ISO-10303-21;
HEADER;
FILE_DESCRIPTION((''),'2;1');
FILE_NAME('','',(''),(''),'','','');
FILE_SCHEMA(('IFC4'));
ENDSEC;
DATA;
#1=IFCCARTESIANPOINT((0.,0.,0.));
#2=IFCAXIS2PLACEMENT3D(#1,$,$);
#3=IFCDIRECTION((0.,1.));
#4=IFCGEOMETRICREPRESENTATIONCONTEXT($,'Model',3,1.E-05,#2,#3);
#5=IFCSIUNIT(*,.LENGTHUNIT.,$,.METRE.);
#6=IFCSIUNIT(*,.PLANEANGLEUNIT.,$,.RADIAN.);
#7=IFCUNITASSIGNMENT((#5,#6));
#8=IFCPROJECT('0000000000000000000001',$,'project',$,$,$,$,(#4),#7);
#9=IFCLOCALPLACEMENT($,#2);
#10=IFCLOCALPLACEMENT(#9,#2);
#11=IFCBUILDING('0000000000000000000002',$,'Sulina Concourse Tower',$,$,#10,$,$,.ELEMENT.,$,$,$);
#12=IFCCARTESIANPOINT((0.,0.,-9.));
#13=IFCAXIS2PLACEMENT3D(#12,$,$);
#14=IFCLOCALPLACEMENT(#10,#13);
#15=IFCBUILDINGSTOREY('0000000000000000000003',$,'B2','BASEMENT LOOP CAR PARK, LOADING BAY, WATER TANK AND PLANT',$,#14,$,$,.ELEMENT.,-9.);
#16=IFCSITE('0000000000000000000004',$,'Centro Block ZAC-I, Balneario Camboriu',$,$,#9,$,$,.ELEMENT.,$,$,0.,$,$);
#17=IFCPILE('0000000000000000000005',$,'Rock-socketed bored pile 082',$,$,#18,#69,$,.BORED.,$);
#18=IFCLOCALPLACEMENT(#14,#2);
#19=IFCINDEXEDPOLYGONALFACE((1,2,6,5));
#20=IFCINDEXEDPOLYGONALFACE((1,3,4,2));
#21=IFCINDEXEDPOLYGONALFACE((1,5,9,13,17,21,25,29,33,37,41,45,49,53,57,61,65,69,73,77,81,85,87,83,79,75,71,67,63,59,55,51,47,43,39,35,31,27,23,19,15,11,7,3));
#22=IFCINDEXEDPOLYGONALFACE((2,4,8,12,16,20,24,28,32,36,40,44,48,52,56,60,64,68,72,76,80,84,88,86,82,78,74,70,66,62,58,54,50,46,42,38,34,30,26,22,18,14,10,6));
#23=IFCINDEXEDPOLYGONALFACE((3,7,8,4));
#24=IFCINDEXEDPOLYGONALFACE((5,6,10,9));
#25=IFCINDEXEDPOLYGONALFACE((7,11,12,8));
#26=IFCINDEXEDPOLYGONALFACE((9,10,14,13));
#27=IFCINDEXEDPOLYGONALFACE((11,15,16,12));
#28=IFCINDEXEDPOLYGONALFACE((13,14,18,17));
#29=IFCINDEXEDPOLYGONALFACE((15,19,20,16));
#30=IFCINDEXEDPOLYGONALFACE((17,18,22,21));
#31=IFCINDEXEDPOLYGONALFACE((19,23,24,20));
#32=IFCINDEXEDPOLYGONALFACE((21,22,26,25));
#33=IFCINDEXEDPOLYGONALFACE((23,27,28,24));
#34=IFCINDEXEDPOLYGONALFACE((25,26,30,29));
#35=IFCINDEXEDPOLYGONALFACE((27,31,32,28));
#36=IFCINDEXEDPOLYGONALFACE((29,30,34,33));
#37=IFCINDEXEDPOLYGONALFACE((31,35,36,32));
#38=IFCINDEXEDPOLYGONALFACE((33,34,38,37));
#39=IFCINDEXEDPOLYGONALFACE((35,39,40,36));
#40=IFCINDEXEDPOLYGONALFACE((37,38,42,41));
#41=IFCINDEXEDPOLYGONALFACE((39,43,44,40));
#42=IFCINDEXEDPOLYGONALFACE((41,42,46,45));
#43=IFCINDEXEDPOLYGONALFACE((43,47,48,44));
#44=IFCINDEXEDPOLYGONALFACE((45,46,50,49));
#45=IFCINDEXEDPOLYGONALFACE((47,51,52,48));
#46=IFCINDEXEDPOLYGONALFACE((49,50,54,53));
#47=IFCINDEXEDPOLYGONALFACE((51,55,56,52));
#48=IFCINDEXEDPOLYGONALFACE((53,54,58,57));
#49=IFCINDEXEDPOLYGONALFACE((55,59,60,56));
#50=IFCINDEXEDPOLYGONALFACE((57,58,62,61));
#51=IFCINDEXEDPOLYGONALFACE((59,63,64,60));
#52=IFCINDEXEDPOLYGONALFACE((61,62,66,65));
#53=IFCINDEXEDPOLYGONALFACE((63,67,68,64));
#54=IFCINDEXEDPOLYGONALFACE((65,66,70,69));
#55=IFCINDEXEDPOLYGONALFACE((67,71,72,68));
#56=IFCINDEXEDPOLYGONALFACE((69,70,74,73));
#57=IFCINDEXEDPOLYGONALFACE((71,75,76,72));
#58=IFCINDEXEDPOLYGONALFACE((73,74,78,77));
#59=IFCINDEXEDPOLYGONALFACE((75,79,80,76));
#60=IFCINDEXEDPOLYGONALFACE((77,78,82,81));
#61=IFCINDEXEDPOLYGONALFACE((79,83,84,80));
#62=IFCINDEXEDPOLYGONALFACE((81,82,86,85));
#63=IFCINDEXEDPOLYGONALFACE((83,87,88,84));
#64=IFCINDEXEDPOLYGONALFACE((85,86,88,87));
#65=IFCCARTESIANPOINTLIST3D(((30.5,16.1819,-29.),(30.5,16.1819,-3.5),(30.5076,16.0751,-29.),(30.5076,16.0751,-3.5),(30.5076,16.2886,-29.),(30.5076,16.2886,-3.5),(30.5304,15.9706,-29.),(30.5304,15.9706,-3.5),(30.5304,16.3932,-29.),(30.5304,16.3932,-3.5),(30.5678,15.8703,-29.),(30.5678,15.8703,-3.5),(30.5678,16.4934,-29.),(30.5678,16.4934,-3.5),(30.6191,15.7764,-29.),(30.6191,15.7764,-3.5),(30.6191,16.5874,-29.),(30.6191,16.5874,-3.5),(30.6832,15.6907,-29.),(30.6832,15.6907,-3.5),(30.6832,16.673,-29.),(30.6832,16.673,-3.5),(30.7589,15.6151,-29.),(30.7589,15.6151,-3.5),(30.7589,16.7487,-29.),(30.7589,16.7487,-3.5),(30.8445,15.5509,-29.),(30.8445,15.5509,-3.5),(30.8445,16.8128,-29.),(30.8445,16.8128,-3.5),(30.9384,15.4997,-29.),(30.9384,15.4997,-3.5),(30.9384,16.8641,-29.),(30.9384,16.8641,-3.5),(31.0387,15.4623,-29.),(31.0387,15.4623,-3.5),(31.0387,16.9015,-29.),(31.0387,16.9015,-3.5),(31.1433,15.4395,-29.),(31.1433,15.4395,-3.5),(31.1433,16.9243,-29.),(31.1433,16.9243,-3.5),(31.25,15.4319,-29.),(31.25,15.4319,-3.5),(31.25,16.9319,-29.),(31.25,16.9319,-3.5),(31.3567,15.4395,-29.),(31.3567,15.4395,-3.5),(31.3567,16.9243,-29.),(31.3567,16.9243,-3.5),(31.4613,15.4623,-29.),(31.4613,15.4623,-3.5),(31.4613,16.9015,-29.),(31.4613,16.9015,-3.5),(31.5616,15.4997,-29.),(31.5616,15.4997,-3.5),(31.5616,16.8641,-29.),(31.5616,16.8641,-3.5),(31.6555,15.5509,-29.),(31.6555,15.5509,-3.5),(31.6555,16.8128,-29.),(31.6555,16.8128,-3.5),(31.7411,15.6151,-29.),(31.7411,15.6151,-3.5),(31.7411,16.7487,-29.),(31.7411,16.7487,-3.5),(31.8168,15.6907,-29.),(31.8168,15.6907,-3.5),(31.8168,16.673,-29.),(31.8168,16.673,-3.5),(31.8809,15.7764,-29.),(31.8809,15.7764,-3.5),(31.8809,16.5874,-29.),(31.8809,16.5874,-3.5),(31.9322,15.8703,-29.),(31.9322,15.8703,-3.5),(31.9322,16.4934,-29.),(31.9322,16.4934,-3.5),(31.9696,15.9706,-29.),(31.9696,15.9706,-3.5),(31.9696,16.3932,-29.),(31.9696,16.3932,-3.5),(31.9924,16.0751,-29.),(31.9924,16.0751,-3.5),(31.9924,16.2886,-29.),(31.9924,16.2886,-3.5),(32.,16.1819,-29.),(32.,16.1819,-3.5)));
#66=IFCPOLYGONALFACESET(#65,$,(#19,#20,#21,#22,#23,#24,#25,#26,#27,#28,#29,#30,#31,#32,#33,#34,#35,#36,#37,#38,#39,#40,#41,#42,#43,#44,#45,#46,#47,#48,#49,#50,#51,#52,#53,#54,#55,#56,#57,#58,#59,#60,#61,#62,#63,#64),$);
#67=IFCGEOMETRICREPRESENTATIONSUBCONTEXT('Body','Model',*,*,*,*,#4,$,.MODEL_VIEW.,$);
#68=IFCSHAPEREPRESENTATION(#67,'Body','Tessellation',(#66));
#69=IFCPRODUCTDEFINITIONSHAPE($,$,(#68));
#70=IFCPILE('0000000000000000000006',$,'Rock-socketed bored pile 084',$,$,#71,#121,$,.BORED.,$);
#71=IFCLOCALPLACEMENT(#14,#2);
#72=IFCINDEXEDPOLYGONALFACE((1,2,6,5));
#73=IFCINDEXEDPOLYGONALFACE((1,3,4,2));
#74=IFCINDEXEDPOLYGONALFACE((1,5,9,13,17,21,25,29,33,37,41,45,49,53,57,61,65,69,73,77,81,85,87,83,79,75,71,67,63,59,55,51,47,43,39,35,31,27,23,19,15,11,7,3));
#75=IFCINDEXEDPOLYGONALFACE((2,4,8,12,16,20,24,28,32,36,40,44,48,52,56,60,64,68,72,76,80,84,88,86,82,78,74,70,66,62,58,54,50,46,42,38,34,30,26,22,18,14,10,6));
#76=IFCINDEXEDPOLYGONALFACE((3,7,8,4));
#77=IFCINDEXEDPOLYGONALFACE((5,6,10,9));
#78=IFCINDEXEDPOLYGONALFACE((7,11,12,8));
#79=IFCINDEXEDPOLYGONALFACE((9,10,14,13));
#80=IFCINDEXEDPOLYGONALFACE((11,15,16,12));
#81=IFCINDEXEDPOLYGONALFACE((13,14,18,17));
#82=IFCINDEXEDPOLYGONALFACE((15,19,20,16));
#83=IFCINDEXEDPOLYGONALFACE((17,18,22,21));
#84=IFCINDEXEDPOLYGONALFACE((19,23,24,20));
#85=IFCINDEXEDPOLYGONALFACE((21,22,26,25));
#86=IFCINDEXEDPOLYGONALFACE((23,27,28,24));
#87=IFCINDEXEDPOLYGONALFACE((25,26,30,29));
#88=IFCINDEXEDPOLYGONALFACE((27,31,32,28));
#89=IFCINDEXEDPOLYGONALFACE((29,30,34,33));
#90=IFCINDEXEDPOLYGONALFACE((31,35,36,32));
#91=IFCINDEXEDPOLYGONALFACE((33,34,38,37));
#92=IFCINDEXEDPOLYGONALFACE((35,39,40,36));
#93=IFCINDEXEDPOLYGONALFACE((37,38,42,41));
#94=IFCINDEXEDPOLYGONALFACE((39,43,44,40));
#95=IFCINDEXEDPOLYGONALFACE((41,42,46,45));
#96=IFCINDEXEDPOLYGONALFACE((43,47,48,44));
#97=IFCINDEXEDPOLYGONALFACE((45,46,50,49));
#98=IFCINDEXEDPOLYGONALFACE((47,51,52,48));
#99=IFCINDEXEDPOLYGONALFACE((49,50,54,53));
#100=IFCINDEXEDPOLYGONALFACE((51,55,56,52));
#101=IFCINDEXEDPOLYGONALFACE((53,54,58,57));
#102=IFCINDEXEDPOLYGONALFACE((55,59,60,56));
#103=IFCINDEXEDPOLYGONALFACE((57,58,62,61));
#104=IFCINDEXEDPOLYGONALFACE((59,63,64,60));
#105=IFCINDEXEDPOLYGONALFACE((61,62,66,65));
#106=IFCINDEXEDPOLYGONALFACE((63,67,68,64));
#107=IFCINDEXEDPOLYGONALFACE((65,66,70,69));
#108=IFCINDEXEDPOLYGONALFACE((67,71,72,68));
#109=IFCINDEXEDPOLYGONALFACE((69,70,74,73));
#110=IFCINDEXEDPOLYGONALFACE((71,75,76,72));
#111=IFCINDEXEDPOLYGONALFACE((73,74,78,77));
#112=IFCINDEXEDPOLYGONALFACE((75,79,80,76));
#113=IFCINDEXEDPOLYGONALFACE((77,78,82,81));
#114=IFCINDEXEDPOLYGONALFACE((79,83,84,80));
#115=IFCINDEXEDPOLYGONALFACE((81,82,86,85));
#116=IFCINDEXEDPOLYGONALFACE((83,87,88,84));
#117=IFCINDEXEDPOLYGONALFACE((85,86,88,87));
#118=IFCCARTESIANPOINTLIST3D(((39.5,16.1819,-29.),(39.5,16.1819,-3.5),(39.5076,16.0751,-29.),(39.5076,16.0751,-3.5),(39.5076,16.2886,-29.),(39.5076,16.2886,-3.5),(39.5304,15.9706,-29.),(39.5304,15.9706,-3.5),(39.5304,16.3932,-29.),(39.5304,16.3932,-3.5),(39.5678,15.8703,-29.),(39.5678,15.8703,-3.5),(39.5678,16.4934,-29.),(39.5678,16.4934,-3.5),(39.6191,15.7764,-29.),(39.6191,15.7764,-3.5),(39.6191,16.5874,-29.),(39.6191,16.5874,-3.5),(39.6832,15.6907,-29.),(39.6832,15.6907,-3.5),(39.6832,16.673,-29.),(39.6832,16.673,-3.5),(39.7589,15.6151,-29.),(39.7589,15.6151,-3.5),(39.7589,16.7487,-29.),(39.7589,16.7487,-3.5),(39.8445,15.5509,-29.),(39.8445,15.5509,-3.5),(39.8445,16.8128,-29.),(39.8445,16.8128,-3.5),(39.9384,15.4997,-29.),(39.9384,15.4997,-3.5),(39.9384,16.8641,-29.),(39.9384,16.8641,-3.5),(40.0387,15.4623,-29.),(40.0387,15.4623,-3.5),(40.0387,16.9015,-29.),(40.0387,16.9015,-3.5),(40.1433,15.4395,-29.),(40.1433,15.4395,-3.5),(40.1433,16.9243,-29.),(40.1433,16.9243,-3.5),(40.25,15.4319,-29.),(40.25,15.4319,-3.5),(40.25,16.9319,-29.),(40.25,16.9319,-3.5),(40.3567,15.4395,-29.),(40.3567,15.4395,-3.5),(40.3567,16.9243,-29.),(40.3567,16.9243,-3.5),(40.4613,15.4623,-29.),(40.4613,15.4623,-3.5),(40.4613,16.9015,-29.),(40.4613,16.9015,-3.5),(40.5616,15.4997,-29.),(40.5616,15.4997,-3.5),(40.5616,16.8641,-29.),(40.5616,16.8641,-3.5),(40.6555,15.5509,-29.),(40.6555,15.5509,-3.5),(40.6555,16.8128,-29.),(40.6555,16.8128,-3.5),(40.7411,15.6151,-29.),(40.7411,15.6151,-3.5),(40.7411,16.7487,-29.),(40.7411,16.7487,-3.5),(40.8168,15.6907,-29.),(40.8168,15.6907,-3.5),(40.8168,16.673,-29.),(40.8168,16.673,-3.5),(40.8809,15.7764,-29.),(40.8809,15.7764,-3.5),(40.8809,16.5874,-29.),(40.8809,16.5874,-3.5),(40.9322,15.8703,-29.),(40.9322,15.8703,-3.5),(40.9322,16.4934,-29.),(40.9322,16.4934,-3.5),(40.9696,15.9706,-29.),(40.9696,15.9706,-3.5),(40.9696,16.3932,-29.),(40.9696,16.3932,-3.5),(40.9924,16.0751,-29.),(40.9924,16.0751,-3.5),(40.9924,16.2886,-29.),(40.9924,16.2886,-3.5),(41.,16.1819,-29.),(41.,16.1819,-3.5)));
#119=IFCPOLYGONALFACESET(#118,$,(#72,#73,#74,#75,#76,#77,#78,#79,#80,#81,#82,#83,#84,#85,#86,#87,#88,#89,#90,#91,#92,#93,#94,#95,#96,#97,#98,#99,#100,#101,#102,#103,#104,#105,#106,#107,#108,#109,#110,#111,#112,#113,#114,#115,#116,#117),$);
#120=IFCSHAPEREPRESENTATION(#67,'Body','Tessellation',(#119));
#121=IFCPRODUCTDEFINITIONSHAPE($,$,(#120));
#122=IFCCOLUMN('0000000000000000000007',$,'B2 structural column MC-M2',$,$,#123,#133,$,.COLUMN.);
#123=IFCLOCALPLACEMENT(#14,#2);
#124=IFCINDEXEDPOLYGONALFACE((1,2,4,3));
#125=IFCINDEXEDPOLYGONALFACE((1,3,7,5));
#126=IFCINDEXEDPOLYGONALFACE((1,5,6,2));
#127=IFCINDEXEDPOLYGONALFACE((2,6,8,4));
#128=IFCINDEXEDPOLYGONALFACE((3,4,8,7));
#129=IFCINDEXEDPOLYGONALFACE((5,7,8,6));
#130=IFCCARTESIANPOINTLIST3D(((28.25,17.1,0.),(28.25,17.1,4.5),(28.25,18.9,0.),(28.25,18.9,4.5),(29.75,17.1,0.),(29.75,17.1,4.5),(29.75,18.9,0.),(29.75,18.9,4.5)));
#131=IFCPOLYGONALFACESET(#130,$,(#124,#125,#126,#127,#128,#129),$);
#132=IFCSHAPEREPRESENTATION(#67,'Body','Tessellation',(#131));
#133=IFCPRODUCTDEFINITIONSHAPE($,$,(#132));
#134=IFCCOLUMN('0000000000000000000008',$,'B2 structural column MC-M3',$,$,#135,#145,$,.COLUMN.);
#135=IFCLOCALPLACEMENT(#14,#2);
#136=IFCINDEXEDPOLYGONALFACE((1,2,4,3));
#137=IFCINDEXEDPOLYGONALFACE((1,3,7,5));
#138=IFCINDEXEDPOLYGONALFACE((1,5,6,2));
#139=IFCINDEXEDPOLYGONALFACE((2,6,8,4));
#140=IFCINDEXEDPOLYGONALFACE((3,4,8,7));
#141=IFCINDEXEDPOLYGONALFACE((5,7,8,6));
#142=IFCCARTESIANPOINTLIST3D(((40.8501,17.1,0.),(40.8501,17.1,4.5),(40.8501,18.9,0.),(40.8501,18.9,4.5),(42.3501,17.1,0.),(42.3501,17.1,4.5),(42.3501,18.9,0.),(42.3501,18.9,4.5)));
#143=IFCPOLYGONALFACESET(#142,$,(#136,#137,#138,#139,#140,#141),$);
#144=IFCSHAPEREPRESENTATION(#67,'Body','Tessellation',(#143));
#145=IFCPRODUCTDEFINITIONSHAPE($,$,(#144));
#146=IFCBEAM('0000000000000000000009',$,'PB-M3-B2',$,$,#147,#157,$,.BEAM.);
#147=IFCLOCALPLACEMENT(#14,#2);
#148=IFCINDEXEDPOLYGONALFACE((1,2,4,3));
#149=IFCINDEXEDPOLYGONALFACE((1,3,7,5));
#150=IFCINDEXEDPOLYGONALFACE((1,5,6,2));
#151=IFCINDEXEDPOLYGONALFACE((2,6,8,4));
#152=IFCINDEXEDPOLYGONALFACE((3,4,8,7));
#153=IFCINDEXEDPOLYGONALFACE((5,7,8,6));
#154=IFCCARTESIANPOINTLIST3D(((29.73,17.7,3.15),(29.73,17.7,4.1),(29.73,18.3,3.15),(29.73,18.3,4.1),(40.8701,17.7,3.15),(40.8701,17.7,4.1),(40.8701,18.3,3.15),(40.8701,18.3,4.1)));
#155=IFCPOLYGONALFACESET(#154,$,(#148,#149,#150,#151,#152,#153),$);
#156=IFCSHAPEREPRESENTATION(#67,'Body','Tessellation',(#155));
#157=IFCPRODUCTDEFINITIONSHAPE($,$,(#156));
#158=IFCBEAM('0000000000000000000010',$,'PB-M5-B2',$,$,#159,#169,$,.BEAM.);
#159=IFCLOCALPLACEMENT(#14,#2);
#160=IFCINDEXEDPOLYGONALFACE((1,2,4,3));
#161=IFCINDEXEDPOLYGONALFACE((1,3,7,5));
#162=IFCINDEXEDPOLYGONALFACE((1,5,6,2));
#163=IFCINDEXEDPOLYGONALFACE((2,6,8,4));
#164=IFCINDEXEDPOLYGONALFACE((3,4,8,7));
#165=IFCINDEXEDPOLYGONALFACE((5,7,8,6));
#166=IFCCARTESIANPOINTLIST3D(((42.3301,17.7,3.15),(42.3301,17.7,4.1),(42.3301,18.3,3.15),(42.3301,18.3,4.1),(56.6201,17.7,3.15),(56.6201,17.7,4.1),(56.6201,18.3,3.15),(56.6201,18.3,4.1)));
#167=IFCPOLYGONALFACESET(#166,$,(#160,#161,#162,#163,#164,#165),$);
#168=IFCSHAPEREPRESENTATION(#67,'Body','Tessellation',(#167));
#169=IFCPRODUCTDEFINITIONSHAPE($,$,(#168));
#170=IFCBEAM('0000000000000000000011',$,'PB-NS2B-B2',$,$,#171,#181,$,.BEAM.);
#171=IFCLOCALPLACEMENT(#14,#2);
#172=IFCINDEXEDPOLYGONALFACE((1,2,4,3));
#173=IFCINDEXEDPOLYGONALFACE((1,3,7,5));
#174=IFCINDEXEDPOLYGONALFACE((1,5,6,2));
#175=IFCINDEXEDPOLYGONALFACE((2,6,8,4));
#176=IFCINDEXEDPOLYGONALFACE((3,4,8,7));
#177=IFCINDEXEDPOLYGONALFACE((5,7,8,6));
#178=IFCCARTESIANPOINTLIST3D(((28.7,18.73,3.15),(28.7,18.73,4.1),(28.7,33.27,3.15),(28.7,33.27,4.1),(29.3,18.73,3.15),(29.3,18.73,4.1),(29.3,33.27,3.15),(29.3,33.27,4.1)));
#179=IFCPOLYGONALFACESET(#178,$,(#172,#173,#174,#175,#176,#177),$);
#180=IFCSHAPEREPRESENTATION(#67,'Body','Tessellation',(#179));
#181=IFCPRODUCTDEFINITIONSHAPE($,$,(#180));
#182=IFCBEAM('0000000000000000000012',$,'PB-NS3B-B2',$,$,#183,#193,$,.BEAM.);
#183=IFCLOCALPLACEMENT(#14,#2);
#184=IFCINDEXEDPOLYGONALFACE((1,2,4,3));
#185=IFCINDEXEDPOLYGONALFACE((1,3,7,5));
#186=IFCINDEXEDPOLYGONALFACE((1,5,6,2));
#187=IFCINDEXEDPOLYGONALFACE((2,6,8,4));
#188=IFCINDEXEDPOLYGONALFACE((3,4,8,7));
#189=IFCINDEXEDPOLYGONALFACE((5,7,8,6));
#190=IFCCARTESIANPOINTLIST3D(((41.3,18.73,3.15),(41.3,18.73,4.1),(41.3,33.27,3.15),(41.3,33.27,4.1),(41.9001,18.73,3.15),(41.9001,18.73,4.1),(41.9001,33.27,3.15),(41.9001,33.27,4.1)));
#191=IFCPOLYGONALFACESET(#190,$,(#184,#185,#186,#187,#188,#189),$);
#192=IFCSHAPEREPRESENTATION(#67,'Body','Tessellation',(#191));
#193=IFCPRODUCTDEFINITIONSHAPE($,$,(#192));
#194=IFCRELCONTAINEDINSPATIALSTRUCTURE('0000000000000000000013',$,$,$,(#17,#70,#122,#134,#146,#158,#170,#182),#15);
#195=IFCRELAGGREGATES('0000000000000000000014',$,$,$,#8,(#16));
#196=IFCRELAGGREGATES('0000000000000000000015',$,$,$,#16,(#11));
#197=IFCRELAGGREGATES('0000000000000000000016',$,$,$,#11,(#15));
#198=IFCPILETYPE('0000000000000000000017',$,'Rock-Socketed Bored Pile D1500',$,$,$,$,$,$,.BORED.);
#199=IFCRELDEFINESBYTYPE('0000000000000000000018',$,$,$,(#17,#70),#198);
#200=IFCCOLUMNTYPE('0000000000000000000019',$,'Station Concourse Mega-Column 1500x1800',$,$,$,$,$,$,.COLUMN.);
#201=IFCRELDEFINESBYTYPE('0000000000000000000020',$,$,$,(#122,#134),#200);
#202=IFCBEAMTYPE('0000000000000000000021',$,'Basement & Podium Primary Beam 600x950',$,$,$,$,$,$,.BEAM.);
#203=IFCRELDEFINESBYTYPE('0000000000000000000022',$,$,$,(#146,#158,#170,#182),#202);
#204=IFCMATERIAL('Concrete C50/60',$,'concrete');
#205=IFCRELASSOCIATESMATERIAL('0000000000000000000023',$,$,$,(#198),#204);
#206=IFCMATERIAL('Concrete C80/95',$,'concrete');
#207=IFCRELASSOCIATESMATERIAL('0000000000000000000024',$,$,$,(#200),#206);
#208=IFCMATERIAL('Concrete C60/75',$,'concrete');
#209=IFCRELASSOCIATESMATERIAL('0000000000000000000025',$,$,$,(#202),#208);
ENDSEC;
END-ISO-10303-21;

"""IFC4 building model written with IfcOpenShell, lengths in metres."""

from ifc_helpers import new_model, si_unit, direction, frame, origin, origin_2d, place, context, subcontext, project, spatial, rectangle, circle, extrude, material, material_profile, profile_set, type_object, element, save


model = new_model("IFC4")

# Units and contexts
model_context = context("Model", 3, precision=1e-05, world=origin(), true_north=direction((0.0, 1.0)))
body_context = subcontext(model_context, "Body", "Model", "MODEL_VIEW")
ifc_project = project(units=[si_unit("LENGTHUNIT", "METRE"), si_unit("PLANEANGLEUNIT", "RADIAN")], contexts=[model_context])

# Site, building, storey
site_placement = place(None, origin())
site = spatial("IfcSite", under=ifc_project, at=site_placement, Name="Centro Block ZAC-I, Balneario Camboriu", CompositionType="ELEMENT", RefElevation=0.0)
building_placement = place(site_placement, origin())
building = spatial("IfcBuilding", under=site, at=building_placement, Name="Sulina Concourse Tower", CompositionType="ELEMENT")
storey_placement = place(building_placement, frame((0.0, 0.0, -9.0)))
storey = spatial("IfcBuildingStorey", under=building, at=storey_placement, Name="B2", Description="BASEMENT LOOP CAR PARK, LOADING BAY, WATER TANK AND PLANT", CompositionType="ELEMENT", Elevation=-9.0)

# Piles
ifc_material_1 = material(Name="Concrete C50/60", Category="concrete")
ifc_material_profile_1 = material_profile(ifc_material_1, circle(Radius=0.75, at=origin_2d()), Name="PILE D1500")
ifc_profile_set_1 = profile_set([ifc_material_profile_1], Name="Concrete C50/60")
pile_type_1 = type_object("IfcPileType", Name="Rock-Socketed Bored Pile D1500", PredefinedType="BORED", material=ifc_profile_set_1)
for number, where, z_axis, x_axis, name in (
    (1, (31.25, 16.1819, -3.5), (0.0, 0.0, -1.0), (1.0, 0.0, 0.0), "Rock-socketed bored pile 082"),
    (2, (40.25, 16.1819, -3.5), (0.0, 0.0, -1.0), (1.0, 0.0, 0.0), "Rock-socketed bored pile 084"),
):
    element("IfcPile", number, at=place(storey_placement, frame(where, z_axis=z_axis, x_axis=x_axis)), inside=storey, type_object=pile_type_1, Name=name, PredefinedType="BORED", context=body_context, shape_type="SweptSolid", body=[
        extrude(circle(Radius=0.75, at=origin_2d()), origin(), (0.0, 0.0, 1.0), 25.5),
    ])

# Columns
ifc_material_2 = material(Name="Concrete C80/95", Category="concrete")
ifc_material_profile_2 = material_profile(ifc_material_2, rectangle(XDim=1.5, YDim=1.8, at=origin_2d()), Name="RC 1500x1800")
ifc_profile_set_2 = profile_set([ifc_material_profile_2], Name="Concrete C80/95")
column_type = type_object("IfcColumnType", Name="Station Concourse Mega-Column 1500x1800", PredefinedType="COLUMN", material=ifc_profile_set_2)
for number, where, z_axis, x_axis, name in (
    (3, (29.0, 18.0, 0.0), (0.0, 0.0, 1.0), (1.0, 0.0, 0.0), "B2 structural column MC-M2"),
    (4, (41.6001, 18.0, 0.0), (0.0, 0.0, 1.0), (1.0, 0.0, 0.0), "B2 structural column MC-M3"),
):
    element("IfcColumn", number, at=place(storey_placement, frame(where, z_axis=z_axis, x_axis=x_axis)), inside=storey, type_object=column_type, Name=name, PredefinedType="COLUMN", context=body_context, shape_type="SweptSolid", body=[
        extrude(rectangle(XDim=1.5, YDim=1.8, at=origin_2d()), origin(), (0.0, 0.0, 1.0), 4.5),
    ])

# Beams
ifc_material_3 = material(Name="Concrete C60/75", Category="concrete")
ifc_material_profile_3 = material_profile(ifc_material_3, rectangle(XDim=0.6001, YDim=0.95, at=origin_2d()), Name="RC 600x950")
ifc_profile_set_3 = profile_set([ifc_material_profile_3], Name="Concrete C60/75")
beam_type = type_object("IfcBeamType", Name="Basement & Podium Primary Beam 600x950", PredefinedType="BEAM", material=ifc_profile_set_3)
beam_1_placement = place(storey_placement, frame((29.73, 18.0, 3.625), z_axis=(1.0, 0.0, 0.0), x_axis=(0.0, 1.0, 0.0)))
element("IfcBeam", 5, at=beam_1_placement, inside=storey, type_object=beam_type, Name="PB-M3-B2", PredefinedType="BEAM", context=body_context, shape_type="SweptSolid", body=[
    extrude(rectangle(XDim=0.6001, YDim=0.95, at=origin_2d()), origin(), (0.0, 0.0, 1.0), 11.1401),
])
beam_2_placement = place(storey_placement, frame((42.3301, 18.0, 3.625), z_axis=(1.0, 0.0, 0.0), x_axis=(0.0, 1.0, 0.0)))
element("IfcBeam", 6, at=beam_2_placement, inside=storey, type_object=beam_type, Name="PB-M5-B2", PredefinedType="BEAM", context=body_context, shape_type="SweptSolid", body=[
    extrude(rectangle(XDim=0.6001, YDim=0.95, at=origin_2d()), origin(), (0.0, 0.0, 1.0), 14.29),
])
for number, where, z_axis, x_axis, name in (
    (7, (29.0, 18.73, 3.625), (0.0, 1.0, 0.0), (-1.0, 0.0, 0.0), "PB-NS2B-B2"),
    (8, (41.6001, 18.73, 3.625), (0.0, 1.0, 0.0), (-1.0, 0.0, 0.0), "PB-NS3B-B2"),
):
    element("IfcBeam", number, at=place(storey_placement, frame(where, z_axis=z_axis, x_axis=x_axis)), inside=storey, type_object=beam_type, Name=name, PredefinedType="BEAM", context=body_context, shape_type="SweptSolid", body=[
        extrude(rectangle(XDim=0.6001, YDim=0.95, at=origin_2d()), origin(), (0.0, 0.0, 1.0), 14.54),
    ])

save(model, "model.ifc")
